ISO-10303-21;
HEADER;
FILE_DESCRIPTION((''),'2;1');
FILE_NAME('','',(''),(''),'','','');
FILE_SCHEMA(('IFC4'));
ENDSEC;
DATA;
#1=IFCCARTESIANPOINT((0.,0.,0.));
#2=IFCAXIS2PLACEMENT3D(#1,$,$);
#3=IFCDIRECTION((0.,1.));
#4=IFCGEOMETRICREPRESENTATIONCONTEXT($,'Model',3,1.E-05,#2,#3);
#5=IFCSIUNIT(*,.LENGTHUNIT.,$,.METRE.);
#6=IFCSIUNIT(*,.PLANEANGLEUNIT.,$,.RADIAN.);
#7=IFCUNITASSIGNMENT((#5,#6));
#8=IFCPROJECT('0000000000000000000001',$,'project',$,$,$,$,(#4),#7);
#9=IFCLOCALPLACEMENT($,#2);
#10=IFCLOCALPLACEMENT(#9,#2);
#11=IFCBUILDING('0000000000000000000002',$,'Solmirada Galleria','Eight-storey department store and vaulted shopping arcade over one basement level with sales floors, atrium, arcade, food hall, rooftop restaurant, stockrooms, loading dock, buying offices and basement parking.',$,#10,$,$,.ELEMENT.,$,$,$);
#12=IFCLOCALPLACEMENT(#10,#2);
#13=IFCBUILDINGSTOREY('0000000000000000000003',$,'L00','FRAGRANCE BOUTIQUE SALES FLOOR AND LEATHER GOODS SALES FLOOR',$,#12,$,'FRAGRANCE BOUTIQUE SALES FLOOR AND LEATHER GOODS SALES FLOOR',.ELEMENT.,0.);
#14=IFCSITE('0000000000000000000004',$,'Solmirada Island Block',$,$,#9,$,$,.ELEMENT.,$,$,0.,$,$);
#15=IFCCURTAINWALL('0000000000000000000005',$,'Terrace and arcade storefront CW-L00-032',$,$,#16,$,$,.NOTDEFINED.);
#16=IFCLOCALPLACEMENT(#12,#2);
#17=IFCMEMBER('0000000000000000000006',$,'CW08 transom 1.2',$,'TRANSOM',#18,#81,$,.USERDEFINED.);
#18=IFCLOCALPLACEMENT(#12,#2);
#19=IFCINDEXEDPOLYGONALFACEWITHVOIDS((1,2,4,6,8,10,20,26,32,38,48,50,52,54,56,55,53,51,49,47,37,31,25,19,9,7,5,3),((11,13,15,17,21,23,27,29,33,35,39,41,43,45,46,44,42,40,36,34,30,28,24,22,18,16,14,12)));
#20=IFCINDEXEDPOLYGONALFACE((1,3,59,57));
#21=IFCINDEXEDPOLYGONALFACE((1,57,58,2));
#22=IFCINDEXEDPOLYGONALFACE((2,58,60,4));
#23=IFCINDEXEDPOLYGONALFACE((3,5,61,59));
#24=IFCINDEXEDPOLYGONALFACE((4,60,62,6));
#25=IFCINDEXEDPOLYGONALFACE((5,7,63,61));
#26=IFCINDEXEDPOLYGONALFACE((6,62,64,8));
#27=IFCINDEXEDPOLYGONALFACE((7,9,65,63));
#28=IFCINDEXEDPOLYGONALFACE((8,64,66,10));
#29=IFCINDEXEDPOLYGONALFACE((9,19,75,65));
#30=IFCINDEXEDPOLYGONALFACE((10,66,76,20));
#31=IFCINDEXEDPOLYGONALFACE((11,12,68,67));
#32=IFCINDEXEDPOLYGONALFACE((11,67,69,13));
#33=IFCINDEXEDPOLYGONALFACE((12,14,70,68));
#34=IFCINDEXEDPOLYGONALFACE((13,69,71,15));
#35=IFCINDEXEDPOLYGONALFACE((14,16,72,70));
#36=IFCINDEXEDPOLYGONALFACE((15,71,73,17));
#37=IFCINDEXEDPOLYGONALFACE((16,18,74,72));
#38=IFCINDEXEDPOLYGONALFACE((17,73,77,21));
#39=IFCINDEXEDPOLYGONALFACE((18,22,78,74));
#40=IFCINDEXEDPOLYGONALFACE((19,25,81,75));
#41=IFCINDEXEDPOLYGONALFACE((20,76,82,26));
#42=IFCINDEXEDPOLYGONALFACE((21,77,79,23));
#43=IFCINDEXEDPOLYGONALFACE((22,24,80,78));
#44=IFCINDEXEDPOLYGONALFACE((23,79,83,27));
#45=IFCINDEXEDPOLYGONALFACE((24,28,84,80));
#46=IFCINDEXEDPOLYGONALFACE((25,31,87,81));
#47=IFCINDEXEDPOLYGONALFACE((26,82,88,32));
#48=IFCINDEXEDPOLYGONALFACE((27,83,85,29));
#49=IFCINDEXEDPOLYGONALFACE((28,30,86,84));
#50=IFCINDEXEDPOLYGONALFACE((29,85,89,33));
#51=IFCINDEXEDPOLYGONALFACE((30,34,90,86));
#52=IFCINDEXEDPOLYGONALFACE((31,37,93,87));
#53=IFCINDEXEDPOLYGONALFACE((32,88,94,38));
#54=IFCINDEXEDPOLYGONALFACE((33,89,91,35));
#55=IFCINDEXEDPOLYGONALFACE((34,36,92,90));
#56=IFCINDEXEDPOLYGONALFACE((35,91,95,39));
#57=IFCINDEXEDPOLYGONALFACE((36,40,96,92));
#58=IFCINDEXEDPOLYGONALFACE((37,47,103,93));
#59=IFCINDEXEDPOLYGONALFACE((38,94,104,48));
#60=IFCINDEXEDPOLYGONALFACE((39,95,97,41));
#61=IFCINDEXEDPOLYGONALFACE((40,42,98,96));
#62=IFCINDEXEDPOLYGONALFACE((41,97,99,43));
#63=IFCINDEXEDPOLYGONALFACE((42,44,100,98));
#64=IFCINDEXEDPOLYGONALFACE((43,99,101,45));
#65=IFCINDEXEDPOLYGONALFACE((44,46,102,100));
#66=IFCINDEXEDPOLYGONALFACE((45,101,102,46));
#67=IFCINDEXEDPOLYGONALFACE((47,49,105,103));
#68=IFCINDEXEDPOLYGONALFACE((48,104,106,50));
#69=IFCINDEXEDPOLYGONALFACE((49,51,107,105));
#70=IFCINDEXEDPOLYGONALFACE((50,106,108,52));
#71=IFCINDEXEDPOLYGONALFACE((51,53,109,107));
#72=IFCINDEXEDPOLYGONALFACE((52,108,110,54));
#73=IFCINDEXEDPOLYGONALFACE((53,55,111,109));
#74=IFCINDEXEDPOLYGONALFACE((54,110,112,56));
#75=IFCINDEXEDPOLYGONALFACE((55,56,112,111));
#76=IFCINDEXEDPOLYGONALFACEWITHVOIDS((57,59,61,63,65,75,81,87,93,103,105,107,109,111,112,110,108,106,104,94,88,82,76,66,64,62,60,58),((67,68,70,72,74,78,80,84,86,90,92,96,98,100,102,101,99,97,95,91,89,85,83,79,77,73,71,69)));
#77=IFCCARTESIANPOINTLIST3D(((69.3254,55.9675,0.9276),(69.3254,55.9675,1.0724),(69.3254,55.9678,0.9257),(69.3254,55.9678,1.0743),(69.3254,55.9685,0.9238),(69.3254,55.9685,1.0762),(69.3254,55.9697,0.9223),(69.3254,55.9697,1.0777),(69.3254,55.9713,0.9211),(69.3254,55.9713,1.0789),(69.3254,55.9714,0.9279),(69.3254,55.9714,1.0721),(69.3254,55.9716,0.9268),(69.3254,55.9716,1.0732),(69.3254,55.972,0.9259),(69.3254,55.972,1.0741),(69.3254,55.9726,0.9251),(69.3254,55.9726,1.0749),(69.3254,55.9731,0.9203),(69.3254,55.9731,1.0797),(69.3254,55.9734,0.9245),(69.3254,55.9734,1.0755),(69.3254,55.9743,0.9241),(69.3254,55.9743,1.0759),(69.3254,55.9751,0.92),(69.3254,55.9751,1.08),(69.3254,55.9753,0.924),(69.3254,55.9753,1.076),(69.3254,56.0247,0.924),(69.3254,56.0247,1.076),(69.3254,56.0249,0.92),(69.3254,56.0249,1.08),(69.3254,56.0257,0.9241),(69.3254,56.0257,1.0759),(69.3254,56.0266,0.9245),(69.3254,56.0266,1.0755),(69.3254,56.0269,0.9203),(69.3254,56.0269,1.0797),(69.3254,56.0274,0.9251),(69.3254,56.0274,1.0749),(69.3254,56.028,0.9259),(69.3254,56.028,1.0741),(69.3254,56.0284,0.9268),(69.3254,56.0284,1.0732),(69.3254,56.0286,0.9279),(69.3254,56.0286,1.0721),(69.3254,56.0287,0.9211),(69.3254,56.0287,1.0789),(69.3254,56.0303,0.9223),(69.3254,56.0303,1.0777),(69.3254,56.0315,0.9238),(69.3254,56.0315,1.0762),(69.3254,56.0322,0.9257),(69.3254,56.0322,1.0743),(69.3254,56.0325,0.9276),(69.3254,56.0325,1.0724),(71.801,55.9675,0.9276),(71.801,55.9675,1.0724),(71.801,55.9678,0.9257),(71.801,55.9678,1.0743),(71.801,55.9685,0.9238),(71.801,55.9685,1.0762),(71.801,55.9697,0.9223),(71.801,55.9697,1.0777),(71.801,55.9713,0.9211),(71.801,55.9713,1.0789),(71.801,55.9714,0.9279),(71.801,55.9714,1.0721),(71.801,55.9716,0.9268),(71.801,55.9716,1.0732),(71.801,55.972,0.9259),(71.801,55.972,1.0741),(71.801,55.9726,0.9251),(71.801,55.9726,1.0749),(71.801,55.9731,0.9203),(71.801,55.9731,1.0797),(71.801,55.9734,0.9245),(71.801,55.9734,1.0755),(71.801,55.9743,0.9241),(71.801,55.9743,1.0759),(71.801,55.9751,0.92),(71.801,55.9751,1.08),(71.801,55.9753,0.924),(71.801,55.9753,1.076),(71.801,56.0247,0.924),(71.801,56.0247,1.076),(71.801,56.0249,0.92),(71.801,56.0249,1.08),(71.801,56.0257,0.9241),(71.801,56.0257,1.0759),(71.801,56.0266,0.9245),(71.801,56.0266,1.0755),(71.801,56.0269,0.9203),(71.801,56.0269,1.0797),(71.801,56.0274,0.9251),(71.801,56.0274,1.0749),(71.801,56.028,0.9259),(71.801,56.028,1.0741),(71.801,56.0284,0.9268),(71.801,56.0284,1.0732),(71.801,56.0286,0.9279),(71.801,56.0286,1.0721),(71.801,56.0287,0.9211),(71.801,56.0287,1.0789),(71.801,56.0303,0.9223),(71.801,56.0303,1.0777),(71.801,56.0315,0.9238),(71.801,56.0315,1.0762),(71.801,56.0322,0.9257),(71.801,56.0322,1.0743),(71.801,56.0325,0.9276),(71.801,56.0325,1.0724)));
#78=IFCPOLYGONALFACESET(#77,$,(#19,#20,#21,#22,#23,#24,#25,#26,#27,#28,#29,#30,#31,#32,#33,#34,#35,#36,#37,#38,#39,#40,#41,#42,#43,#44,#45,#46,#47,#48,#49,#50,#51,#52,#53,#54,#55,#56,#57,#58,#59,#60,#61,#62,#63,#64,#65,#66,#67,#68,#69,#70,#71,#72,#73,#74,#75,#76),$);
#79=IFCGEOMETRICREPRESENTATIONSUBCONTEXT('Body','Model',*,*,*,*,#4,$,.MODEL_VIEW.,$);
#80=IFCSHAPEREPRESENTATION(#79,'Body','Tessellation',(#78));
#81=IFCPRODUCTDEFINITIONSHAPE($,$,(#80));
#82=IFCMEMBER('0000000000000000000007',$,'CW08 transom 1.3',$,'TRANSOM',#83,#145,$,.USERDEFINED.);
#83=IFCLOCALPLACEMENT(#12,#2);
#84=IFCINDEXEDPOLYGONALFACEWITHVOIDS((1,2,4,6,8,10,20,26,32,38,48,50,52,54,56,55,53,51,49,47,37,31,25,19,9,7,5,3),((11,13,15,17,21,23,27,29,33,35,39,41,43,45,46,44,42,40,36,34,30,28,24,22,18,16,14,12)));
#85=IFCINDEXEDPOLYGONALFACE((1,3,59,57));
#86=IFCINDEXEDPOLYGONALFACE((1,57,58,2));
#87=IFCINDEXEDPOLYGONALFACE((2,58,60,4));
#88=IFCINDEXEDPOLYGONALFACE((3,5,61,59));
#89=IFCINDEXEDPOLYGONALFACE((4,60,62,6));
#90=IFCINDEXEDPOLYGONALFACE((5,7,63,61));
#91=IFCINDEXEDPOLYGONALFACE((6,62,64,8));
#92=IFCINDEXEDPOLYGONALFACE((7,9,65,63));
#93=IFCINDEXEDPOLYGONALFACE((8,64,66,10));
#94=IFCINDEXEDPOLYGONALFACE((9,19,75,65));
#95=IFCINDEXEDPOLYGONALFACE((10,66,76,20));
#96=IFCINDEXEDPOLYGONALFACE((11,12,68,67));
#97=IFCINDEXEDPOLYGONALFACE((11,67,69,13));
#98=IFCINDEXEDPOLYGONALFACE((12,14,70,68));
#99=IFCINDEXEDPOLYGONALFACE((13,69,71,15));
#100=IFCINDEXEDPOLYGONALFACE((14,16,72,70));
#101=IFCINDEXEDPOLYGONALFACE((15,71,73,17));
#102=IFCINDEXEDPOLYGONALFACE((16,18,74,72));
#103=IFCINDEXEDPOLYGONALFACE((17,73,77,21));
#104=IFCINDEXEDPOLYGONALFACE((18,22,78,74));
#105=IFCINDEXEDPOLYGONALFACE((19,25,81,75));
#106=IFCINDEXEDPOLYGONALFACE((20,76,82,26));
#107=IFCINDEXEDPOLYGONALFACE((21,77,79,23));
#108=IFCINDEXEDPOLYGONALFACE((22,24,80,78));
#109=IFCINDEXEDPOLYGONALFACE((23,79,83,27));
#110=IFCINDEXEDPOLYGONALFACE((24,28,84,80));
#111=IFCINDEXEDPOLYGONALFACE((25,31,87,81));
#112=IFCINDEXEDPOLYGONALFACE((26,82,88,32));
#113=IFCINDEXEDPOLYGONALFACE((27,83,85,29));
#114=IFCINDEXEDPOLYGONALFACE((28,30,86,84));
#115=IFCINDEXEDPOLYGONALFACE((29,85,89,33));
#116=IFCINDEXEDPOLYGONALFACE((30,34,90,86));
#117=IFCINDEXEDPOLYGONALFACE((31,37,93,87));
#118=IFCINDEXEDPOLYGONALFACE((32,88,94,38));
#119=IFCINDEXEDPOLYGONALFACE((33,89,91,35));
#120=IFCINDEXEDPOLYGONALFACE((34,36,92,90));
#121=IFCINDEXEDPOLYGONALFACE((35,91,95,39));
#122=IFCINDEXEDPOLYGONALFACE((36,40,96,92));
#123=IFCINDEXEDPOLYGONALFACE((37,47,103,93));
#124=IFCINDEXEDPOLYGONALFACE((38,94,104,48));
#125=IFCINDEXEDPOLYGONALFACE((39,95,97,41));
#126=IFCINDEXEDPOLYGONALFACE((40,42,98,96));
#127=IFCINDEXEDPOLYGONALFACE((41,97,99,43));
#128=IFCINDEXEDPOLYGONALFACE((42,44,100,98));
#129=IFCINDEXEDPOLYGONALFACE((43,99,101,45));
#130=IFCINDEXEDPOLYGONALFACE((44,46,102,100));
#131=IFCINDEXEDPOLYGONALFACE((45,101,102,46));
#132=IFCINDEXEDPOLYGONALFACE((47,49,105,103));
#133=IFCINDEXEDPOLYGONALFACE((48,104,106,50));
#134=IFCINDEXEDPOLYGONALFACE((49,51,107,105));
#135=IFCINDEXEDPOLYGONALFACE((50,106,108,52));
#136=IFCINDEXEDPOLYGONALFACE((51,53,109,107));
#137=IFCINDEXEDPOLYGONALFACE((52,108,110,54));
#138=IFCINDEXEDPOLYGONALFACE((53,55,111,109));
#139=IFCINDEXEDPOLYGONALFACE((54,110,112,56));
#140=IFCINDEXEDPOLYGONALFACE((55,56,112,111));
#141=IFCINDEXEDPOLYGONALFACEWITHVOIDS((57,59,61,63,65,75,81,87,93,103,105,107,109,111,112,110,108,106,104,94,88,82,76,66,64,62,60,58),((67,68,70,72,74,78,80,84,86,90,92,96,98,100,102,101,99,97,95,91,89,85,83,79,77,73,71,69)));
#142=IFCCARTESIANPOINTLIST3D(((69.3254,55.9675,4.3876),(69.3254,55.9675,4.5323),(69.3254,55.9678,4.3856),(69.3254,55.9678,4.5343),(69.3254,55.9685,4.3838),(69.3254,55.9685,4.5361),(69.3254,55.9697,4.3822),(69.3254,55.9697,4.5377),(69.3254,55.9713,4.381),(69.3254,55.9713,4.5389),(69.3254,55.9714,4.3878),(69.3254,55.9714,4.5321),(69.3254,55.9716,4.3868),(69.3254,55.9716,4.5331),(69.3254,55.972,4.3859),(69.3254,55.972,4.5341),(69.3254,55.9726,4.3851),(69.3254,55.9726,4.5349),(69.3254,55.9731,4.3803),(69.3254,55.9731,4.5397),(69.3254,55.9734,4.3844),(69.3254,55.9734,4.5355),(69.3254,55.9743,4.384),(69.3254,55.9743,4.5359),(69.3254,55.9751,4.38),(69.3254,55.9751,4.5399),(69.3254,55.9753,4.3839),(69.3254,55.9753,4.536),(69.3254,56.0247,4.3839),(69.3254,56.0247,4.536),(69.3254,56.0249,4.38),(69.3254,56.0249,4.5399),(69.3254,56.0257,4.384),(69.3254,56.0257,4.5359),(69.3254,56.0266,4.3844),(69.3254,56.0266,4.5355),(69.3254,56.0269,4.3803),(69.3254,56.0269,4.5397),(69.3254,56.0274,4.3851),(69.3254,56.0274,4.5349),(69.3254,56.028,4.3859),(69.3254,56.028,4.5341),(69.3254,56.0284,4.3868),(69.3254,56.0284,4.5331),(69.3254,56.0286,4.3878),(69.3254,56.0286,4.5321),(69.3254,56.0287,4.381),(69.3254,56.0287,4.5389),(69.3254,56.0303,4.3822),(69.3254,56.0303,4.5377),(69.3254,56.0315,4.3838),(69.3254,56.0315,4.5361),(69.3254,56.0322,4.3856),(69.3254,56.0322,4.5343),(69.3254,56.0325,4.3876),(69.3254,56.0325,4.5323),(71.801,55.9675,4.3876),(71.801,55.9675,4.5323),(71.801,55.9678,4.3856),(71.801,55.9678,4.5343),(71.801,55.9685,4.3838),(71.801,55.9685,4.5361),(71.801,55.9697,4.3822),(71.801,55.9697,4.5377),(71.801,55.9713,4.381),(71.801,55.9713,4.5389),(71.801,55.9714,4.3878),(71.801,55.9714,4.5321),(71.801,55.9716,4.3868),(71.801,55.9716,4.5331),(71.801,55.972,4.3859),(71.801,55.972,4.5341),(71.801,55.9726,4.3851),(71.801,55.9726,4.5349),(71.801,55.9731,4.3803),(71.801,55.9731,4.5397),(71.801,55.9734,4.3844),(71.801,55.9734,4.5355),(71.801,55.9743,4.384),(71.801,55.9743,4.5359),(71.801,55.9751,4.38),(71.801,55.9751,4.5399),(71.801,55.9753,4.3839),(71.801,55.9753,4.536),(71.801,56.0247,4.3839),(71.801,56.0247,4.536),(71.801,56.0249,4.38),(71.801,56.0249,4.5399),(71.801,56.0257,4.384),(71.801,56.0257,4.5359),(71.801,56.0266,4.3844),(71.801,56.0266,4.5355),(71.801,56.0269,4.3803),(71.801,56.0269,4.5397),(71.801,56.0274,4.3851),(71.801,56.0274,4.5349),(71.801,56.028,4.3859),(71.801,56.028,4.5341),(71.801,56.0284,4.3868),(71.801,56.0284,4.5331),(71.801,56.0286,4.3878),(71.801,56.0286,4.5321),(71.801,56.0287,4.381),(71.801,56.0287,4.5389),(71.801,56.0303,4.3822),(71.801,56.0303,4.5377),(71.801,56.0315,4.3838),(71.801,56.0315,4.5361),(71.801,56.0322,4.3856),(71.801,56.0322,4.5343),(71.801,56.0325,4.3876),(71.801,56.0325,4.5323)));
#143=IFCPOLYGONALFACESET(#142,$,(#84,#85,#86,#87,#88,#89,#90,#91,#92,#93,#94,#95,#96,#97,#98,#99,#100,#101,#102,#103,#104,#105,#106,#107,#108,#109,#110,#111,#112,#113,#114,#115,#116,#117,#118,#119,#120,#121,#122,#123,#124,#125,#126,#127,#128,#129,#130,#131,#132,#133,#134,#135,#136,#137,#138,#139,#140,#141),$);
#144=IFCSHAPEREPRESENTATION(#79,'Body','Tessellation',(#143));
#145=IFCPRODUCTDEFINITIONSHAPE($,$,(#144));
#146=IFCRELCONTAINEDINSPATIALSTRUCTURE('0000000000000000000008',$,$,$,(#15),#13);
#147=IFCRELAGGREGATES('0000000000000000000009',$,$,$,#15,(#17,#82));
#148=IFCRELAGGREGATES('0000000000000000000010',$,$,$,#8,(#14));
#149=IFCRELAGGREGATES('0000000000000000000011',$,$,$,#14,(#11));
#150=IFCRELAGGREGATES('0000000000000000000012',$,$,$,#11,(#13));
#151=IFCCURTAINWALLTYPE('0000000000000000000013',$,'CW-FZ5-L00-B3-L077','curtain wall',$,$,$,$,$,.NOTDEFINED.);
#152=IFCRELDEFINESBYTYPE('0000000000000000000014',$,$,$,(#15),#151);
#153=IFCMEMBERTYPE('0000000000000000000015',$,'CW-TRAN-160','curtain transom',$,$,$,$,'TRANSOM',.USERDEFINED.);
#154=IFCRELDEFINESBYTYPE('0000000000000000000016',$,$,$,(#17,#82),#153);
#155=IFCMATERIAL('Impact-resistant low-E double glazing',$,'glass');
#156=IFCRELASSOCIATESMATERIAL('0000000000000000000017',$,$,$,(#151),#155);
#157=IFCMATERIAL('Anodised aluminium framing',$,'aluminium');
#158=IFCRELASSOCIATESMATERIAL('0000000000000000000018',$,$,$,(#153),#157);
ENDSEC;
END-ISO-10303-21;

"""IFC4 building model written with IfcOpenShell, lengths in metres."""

from ifc_helpers import new_model, si_unit, direction, frame, origin, origin_2d, place, context, subcontext, project, spatial, hollow_rectangle, extrude, material, material_profile, profile_set, type_object, element, aggregate, save


model = new_model("IFC4")

# Units and contexts
model_context = context("Model", 3, precision=1e-05, world=origin(), true_north=direction((0.0, 1.0)))
body_context = subcontext(model_context, "Body", "Model", "MODEL_VIEW")
ifc_project = project(units=[si_unit("LENGTHUNIT", "METRE"), si_unit("PLANEANGLEUNIT", "RADIAN")], contexts=[model_context])

# Site, building, storey
site_placement = place(None, origin())
site = spatial("IfcSite", under=ifc_project, at=site_placement, Name="Solmirada Island Block", CompositionType="ELEMENT", RefElevation=0.0)
building_placement = place(site_placement, origin())
building = spatial("IfcBuilding", under=site, at=building_placement, Name="Solmirada Galleria", Description="Eight-storey department store and vaulted shopping arcade over one basement level with sales floors, atrium, arcade, food hall, rooftop restaurant, stockrooms, loading dock, buying offices and basement parking.", CompositionType="ELEMENT")
storey_placement = place(building_placement, origin())
storey = spatial("IfcBuildingStorey", under=building, at=storey_placement, Name="L00", Description="FRAGRANCE BOUTIQUE SALES FLOOR AND LEATHER GOODS SALES FLOOR", LongName="FRAGRANCE BOUTIQUE SALES FLOOR AND LEATHER GOODS SALES FLOOR", CompositionType="ELEMENT", Elevation=0.0)

# Curtain wall
ifc_material_1 = material(Name="Impact-resistant low-E double glazing", Category="glass")
curtain_wall_type = type_object("IfcCurtainWallType", Name="CW-FZ5-L00-B3-L077", Description="curtain wall", PredefinedType="NOTDEFINED", material=ifc_material_1)
ifc_material_2 = material(Name="Anodised aluminium framing", Category="aluminium")
curtain_wall_1_placement = place(storey_placement, origin())
curtain_wall_1 = element("IfcCurtainWall", 1, at=curtain_wall_1_placement, inside=storey, type_object=curtain_wall_type, Name="Terrace and arcade storefront CW-L00-032", PredefinedType="NOTDEFINED")

# Members
ifc_material_profile_1 = material_profile(ifc_material_2, hollow_rectangle(XDim=0.0649, YDim=0.1599, WallThickness=0.0039, InnerFilletRadius=0.0039, OuterFilletRadius=0.0076, at=origin_2d()), Name="ALU-TRAN-160X65")
ifc_profile_set_1 = profile_set([ifc_material_profile_1], Name="Anodised aluminium framing")
member_type_1 = type_object("IfcMemberType", Name="CW-TRAN-160", Description="curtain transom", ElementType="TRANSOM", PredefinedType="USERDEFINED", material=ifc_profile_set_1)
member_1_placement = place(storey_placement, frame((71.801, 56.0, 1.0), z_axis=(-1.0, 0.0, 0.0), x_axis=(0.0, -1.0, 0.0)))
member_1 = element("IfcMember", 2, at=member_1_placement, type_object=member_type_1, Name="CW08 transom 1.2", ObjectType="TRANSOM", PredefinedType="USERDEFINED", context=body_context, shape_type="SweptSolid", body=[
    extrude(hollow_rectangle(XDim=0.0649, YDim=0.1599, WallThickness=0.0039, InnerFilletRadius=0.0039, OuterFilletRadius=0.0076, at=origin_2d()), origin(), (0.0, 0.0, 1.0), 2.4756),
])
member_2_placement = place(storey_placement, frame((71.801, 56.0, 4.46), z_axis=(-1.0, 0.0, 0.0), x_axis=(0.0, -1.0, 0.0)))
member_2 = element("IfcMember", 3, at=member_2_placement, type_object=member_type_1, Name="CW08 transom 1.3", ObjectType="TRANSOM", PredefinedType="USERDEFINED", context=body_context, shape_type="SweptSolid", body=[
    extrude(hollow_rectangle(XDim=0.0649, YDim=0.1599, WallThickness=0.0039, InnerFilletRadius=0.0039, OuterFilletRadius=0.0076, at=origin_2d()), origin(), (0.0, 0.0, 1.0), 2.4756),
])

aggregate(curtain_wall_1, [member_1, member_2])

save(model, "model.ifc")
